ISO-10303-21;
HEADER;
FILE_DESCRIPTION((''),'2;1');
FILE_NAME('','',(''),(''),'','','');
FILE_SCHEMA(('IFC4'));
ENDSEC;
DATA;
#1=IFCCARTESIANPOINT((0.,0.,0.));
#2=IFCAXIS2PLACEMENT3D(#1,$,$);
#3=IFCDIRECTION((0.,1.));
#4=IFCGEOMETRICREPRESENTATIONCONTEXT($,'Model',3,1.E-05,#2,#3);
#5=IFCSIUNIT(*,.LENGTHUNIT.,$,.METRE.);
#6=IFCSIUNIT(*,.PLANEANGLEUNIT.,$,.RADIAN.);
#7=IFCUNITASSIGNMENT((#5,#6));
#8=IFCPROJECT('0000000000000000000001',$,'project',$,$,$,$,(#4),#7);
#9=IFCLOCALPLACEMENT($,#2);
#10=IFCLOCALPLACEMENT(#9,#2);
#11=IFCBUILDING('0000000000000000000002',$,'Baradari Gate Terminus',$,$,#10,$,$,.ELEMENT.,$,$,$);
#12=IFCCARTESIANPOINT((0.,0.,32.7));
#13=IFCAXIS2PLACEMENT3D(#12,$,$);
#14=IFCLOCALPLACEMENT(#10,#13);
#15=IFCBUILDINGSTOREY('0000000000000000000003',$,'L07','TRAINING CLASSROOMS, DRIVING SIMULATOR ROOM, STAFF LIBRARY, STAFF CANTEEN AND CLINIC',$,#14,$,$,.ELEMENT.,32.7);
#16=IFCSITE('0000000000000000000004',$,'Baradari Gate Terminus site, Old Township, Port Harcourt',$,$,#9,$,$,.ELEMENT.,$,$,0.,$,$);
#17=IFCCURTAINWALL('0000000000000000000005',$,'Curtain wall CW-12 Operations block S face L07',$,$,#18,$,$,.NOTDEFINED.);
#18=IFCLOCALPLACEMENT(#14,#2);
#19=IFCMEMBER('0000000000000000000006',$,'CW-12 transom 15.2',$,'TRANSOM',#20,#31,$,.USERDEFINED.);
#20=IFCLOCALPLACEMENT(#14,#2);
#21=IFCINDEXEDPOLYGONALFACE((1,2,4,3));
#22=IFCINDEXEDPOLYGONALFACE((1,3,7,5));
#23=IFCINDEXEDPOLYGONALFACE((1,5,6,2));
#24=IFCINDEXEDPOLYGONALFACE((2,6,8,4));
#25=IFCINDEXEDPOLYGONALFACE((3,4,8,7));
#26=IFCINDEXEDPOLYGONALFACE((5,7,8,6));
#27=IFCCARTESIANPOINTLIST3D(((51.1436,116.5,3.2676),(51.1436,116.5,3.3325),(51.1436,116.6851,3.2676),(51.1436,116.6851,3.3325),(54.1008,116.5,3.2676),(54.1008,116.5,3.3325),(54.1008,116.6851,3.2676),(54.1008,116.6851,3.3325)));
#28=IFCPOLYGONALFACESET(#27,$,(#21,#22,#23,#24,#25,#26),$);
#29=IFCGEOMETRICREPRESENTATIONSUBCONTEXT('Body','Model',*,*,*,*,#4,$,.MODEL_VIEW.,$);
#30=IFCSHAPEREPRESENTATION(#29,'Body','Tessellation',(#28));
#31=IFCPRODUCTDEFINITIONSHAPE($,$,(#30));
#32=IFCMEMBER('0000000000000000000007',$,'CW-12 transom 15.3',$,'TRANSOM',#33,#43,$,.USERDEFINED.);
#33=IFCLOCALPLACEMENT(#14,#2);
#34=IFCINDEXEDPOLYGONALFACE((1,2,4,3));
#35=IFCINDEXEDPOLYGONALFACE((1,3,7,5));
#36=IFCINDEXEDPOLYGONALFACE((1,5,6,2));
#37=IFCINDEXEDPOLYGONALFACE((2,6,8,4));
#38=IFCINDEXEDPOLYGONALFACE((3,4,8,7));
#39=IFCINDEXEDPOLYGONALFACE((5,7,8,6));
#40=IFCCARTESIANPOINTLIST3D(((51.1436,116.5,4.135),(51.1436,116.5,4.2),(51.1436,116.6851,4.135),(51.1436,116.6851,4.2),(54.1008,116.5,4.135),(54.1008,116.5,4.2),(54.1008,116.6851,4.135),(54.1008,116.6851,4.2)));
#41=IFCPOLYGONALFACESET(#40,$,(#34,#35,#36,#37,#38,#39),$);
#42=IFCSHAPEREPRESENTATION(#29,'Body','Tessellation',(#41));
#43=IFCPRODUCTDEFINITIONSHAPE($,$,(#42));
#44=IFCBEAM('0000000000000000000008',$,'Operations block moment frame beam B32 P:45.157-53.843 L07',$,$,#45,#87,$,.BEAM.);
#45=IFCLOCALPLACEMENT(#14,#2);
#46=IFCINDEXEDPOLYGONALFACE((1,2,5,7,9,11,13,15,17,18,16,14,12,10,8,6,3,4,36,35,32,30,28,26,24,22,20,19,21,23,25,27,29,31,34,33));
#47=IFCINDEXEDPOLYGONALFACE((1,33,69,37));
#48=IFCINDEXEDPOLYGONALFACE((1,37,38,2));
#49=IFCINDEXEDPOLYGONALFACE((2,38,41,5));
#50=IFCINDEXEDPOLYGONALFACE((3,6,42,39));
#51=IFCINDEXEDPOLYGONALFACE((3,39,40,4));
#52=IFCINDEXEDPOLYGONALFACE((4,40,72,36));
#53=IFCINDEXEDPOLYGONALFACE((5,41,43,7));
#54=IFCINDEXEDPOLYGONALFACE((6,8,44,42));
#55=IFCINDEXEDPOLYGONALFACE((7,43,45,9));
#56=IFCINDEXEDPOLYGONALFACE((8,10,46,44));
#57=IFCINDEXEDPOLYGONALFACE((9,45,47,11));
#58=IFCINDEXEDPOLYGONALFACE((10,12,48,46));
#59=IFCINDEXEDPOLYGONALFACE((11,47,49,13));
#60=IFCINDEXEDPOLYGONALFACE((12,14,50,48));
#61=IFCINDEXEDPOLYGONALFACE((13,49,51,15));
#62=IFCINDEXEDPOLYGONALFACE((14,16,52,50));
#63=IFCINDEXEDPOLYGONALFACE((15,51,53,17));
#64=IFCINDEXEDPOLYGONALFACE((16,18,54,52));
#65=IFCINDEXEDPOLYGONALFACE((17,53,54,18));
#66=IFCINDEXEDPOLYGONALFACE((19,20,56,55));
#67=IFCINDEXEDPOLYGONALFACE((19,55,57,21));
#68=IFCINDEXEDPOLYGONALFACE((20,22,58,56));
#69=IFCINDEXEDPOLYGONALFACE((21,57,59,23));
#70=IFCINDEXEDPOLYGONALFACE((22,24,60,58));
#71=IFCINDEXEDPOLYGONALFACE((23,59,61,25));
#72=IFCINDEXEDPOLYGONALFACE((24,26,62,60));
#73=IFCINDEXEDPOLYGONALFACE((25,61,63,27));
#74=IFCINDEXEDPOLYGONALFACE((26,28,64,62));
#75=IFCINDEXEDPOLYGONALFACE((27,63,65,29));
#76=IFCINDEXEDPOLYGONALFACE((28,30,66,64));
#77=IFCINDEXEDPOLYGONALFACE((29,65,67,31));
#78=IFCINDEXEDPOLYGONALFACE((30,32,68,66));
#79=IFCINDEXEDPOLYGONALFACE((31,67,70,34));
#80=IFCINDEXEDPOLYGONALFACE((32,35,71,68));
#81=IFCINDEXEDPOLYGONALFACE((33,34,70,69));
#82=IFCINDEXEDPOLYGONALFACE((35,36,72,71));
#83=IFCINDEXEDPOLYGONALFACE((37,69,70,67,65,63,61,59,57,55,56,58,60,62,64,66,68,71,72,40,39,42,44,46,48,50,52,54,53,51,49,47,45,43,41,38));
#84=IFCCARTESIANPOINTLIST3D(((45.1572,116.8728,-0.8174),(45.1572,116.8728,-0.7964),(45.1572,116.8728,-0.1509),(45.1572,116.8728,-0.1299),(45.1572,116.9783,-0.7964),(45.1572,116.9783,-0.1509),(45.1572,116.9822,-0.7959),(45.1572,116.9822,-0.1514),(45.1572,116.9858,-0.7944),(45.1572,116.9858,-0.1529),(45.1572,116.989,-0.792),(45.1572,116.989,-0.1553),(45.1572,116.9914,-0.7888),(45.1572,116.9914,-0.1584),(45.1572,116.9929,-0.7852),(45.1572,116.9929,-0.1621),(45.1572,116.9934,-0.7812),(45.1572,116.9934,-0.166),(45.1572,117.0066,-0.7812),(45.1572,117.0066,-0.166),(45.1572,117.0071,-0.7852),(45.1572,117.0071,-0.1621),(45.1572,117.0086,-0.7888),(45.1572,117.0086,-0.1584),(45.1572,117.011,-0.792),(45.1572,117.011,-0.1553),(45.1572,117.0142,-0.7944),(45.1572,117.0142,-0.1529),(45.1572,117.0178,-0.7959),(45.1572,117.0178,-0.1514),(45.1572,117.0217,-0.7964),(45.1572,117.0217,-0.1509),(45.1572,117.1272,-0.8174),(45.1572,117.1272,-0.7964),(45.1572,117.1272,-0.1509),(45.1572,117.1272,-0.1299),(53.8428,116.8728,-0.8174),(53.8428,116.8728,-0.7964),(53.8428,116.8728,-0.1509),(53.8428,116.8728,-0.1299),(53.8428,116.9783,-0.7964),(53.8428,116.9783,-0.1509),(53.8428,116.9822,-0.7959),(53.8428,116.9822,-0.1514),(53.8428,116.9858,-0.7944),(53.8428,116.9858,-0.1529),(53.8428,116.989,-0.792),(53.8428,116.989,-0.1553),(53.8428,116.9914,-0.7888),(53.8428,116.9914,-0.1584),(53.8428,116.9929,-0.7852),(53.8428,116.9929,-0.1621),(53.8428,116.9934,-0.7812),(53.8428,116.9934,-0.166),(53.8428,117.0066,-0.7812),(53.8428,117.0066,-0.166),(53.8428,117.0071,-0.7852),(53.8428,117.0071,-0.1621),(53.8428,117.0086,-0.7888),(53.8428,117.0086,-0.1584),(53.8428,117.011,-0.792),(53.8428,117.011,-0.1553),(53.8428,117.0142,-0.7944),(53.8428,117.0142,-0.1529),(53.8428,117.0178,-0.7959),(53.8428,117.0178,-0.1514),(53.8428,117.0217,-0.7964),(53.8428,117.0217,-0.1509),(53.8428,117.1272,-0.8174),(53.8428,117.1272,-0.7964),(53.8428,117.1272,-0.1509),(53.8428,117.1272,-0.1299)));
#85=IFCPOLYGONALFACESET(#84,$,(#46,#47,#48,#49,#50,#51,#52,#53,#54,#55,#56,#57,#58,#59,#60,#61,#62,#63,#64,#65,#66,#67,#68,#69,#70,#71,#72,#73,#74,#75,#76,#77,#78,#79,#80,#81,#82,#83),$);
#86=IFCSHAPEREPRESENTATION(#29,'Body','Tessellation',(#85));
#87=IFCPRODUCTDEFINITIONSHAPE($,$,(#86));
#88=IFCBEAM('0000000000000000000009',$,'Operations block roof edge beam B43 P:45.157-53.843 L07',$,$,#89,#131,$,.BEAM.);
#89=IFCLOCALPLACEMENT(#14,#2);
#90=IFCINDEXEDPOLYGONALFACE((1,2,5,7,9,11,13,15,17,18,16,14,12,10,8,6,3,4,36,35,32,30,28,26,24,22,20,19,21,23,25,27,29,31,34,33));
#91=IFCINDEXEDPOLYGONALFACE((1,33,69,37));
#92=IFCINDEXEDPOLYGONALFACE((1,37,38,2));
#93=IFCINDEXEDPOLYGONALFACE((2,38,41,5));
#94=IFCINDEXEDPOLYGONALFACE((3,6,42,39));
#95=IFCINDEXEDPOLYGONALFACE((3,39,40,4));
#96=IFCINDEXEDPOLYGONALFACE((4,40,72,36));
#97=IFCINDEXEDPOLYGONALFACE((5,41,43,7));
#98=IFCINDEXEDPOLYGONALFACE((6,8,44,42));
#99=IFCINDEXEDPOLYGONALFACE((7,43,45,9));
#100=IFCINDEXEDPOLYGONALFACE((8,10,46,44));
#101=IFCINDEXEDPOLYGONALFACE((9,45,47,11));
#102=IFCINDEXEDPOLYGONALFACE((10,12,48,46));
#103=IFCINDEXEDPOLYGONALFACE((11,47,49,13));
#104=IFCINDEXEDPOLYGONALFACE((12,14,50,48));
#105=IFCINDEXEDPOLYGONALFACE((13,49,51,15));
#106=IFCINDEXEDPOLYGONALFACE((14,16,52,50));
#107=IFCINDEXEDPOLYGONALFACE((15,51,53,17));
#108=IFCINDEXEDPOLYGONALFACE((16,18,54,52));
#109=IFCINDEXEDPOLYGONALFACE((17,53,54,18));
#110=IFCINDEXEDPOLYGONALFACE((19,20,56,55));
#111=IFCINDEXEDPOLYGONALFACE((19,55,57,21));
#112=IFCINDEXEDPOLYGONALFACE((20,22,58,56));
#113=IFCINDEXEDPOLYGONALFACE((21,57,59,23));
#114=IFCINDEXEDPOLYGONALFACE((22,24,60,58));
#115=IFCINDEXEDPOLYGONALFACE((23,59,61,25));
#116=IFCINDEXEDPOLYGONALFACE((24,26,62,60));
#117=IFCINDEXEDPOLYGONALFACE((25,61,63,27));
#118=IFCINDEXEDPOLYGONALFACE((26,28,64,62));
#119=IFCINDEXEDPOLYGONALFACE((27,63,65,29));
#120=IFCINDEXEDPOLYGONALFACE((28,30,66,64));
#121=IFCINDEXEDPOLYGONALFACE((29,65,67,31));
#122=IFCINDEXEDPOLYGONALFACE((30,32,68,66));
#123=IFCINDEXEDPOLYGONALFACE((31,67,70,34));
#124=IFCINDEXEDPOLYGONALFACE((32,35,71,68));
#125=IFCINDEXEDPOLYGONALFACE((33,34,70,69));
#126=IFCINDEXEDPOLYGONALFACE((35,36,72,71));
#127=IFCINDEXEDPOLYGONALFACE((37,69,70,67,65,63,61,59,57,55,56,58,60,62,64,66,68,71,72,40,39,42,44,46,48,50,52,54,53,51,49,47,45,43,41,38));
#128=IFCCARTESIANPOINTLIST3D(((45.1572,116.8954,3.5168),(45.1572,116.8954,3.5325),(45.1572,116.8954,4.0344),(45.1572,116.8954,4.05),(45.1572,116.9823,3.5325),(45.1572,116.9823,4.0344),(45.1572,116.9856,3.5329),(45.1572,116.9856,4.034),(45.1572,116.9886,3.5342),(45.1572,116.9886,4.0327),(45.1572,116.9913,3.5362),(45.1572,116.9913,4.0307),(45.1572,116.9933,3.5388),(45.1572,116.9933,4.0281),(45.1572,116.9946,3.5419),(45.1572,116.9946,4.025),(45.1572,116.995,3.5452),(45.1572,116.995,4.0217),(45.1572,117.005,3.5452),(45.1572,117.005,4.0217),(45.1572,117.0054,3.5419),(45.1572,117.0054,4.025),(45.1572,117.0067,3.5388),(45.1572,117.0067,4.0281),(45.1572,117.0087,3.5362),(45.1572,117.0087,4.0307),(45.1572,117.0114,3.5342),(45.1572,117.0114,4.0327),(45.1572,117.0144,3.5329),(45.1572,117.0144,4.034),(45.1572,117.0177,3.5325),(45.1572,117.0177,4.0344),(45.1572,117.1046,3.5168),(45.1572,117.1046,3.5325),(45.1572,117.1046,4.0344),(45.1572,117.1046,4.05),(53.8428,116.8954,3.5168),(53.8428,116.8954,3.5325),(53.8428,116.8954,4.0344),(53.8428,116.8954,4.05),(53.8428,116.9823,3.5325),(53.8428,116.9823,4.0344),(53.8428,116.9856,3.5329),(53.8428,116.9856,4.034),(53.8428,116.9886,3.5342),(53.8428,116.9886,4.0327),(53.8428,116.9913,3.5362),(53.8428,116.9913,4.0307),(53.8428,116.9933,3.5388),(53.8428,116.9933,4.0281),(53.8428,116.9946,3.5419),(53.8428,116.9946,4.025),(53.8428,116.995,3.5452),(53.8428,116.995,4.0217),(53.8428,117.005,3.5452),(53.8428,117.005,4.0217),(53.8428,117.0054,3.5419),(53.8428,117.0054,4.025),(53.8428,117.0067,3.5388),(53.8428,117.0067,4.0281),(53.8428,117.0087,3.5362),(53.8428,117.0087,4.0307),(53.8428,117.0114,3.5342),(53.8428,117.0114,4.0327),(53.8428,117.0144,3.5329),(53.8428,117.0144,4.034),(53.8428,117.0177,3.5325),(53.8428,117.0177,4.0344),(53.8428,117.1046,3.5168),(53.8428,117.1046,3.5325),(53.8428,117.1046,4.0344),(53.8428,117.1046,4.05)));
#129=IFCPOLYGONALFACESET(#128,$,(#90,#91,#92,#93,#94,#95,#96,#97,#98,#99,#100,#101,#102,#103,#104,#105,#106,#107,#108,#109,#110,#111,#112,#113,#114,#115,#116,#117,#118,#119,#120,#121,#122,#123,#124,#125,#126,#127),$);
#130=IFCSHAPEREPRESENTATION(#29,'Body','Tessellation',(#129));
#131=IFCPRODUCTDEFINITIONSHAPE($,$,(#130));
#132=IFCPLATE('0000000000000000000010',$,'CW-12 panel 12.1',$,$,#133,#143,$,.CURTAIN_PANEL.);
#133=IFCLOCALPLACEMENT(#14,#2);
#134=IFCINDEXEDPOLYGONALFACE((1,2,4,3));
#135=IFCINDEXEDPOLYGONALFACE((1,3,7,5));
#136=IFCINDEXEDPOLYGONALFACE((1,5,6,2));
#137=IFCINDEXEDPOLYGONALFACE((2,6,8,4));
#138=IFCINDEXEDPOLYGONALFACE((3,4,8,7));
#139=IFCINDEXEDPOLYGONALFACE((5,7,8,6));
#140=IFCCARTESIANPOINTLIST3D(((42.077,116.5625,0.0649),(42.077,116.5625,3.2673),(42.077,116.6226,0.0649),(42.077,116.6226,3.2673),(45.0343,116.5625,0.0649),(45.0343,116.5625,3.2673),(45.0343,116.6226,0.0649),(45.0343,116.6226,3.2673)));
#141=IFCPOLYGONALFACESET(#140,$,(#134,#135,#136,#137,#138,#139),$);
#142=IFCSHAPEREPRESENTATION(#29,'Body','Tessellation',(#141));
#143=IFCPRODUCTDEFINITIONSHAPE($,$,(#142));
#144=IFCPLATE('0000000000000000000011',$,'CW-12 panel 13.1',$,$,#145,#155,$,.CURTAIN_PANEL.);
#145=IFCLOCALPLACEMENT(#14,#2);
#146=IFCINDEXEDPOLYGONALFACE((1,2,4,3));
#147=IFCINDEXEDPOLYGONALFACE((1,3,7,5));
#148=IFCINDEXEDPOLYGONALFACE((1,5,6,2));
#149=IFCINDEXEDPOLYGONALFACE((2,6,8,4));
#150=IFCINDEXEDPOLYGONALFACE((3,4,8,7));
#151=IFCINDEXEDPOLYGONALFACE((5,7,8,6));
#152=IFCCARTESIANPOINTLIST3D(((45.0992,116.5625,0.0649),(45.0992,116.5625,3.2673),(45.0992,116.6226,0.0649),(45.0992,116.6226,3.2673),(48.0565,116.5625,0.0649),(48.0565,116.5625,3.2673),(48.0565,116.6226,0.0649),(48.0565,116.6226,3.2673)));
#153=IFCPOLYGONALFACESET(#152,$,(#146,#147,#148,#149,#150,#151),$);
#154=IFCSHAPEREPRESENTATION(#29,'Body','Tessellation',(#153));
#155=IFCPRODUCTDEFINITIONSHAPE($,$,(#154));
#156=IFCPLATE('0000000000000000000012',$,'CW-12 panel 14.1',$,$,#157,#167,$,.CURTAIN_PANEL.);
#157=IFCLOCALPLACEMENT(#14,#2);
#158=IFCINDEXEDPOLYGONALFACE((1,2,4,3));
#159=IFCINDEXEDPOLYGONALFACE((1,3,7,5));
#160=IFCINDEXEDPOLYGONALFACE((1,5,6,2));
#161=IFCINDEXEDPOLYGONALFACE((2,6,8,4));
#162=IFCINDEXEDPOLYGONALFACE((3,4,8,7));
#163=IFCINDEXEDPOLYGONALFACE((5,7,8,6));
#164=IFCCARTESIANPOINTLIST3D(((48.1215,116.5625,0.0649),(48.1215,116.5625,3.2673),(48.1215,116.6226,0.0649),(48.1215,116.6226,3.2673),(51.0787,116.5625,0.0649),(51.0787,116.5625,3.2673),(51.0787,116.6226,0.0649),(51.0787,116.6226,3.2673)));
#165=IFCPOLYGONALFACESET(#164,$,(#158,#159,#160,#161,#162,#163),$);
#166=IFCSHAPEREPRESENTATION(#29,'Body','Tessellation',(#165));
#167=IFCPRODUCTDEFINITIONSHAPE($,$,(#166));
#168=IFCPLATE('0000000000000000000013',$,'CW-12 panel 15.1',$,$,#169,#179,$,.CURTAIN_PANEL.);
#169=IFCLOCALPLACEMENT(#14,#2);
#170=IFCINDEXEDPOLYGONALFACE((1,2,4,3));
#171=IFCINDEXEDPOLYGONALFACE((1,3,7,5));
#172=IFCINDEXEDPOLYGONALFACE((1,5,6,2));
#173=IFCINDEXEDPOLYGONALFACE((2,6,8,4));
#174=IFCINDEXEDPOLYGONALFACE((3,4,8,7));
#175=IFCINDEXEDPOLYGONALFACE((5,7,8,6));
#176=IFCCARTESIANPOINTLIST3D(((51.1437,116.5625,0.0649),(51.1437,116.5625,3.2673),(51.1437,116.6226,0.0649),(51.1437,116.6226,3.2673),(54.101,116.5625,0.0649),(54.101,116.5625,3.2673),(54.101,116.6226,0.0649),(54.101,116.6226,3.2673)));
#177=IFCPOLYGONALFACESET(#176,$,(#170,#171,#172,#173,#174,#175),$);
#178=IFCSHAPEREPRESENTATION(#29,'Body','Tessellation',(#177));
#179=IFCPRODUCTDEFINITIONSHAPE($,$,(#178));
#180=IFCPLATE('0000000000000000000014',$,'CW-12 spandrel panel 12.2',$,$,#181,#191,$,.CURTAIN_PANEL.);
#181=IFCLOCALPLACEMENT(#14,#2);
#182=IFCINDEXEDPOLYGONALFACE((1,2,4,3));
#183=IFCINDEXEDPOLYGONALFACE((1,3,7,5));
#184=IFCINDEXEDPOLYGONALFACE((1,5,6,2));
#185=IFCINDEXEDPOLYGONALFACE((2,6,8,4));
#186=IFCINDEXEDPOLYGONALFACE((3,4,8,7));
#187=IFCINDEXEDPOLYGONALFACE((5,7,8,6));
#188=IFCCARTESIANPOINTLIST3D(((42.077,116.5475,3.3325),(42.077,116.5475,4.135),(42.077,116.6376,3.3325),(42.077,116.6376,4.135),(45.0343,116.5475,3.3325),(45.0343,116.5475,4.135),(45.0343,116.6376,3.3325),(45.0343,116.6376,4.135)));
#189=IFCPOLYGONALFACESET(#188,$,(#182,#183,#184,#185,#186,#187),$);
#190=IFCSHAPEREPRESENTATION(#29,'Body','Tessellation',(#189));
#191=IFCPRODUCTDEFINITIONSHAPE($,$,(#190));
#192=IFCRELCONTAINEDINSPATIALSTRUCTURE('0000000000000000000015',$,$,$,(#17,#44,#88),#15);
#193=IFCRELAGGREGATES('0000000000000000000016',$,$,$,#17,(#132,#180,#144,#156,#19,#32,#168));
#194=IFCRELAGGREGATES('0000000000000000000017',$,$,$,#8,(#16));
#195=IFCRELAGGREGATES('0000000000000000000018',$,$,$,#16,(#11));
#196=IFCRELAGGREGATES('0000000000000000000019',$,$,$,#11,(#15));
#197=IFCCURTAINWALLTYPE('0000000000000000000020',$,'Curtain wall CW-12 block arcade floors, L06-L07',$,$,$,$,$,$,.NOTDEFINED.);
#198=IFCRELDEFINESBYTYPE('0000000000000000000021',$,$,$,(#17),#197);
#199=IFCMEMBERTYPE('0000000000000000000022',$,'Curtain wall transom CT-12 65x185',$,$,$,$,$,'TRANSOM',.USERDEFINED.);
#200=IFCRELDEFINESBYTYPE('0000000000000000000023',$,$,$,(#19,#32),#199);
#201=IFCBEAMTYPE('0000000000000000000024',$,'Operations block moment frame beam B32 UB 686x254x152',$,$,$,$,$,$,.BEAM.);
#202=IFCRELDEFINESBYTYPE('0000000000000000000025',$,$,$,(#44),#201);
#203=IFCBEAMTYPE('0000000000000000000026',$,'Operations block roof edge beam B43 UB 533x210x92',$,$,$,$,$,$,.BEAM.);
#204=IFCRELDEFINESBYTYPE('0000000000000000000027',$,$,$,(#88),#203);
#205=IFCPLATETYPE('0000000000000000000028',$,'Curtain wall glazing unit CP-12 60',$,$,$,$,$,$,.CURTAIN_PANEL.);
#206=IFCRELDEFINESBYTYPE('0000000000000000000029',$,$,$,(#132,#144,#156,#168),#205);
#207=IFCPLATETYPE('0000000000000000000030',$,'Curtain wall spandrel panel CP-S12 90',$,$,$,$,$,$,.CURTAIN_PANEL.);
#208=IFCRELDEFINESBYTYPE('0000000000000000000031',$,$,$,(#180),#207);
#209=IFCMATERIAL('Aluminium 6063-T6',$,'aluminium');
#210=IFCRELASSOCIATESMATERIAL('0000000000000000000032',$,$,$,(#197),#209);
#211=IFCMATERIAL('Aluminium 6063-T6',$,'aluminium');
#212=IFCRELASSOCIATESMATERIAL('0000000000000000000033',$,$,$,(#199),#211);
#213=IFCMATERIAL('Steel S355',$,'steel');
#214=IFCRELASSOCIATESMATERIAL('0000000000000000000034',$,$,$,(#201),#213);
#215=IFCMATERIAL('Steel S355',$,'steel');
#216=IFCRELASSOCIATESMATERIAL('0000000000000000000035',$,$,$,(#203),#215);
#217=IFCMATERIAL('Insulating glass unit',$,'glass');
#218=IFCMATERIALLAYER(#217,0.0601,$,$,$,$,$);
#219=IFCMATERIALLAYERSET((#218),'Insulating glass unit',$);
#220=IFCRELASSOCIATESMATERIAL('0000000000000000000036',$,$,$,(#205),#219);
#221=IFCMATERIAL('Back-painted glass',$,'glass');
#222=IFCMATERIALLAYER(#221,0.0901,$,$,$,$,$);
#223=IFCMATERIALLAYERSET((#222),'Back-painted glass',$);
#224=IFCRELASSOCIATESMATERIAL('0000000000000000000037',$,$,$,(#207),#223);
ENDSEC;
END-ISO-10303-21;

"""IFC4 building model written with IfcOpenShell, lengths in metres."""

from ifc_helpers import new_model, si_unit, direction, frame, origin, origin_2d, place, context, subcontext, project, spatial, rectangle, i_section, extrude, material, layer, layer_set, material_profile, profile_set, type_object, element, aggregate, save


model = new_model("IFC4")

# Units and contexts
model_context = context("Model", 3, precision=1e-05, world=origin(), true_north=direction((0.0, 1.0)))
body_context = subcontext(model_context, "Body", "Model", "MODEL_VIEW")
ifc_project = project(units=[si_unit("LENGTHUNIT", "METRE"), si_unit("PLANEANGLEUNIT", "RADIAN")], contexts=[model_context])

# Site, building, storey
site_placement = place(None, origin())
site = spatial("IfcSite", under=ifc_project, at=site_placement, Name="Baradari Gate Terminus site, Old Township, Port Harcourt", CompositionType="ELEMENT", RefElevation=0.0)
building_placement = place(site_placement, origin())
building = spatial("IfcBuilding", under=site, at=building_placement, Name="Baradari Gate Terminus", CompositionType="ELEMENT")
storey_placement = place(building_placement, frame((0.0, 0.0, 32.7)))
storey = spatial("IfcBuildingStorey", under=building, at=storey_placement, Name="L07", Description="TRAINING CLASSROOMS, DRIVING SIMULATOR ROOM, STAFF LIBRARY, STAFF CANTEEN AND CLINIC", CompositionType="ELEMENT", Elevation=32.7)

# Curtain wall, members
ifc_material_1 = material(Name="Aluminium 6063-T6", Category="aluminium")
curtain_wall_type = type_object("IfcCurtainWallType", Name="Curtain wall CW-12 block arcade floors, L06-L07", PredefinedType="NOTDEFINED", material=ifc_material_1)
curtain_wall_placement = place(storey_placement, origin())
curtain_wall = element("IfcCurtainWall", 1, at=curtain_wall_placement, inside=storey, type_object=curtain_wall_type, Name="Curtain wall CW-12 Operations block S face L07", PredefinedType="NOTDEFINED")
ifc_material_2 = material(Name="Aluminium 6063-T6", Category="aluminium")
ifc_material_profile_1 = material_profile(ifc_material_2, rectangle(XDim=0.1851, YDim=0.0649, at=origin_2d()), Name="CT-12 65X185")
ifc_profile_set_1 = profile_set([ifc_material_profile_1], Name="Aluminium 6063-T6")
member_type = type_object("IfcMemberType", Name="Curtain wall transom CT-12 65x185", ElementType="TRANSOM", PredefinedType="USERDEFINED", material=ifc_profile_set_1)
member_1_placement = place(storey_placement, frame((51.1436, 116.5925, 3.3), z_axis=(1.0, 0.0, 0.0), x_axis=(0.0, 1.0, 0.0)))
member_1 = element("IfcMember", 2, at=member_1_placement, type_object=member_type, Name="CW-12 transom 15.2", ObjectType="TRANSOM", PredefinedType="USERDEFINED", context=body_context, shape_type="SweptSolid", body=[
    extrude(rectangle(XDim=0.1851, YDim=0.0649, at=origin_2d()), origin(), (0.0, 0.0, 1.0), 2.9573),
])
member_2_placement = place(storey_placement, frame((51.1436, 116.5925, 4.1675), z_axis=(1.0, 0.0, 0.0), x_axis=(0.0, 1.0, 0.0)))
member_2 = element("IfcMember", 3, at=member_2_placement, type_object=member_type, Name="CW-12 transom 15.3", ObjectType="TRANSOM", PredefinedType="USERDEFINED", context=body_context, shape_type="SweptSolid", body=[
    extrude(rectangle(XDim=0.1851, YDim=0.0649, at=origin_2d()), origin(), (0.0, 0.0, 1.0), 2.9573),
])

# Beams
ifc_material_3 = material(Name="Steel S355", Category="steel")
ifc_material_profile_2 = material_profile(ifc_material_3, i_section(OverallWidth=0.2544, OverallDepth=0.6875, WebThickness=0.0132, FlangeThickness=0.021, FilletRadius=0.0151, at=origin_2d()), Name="UB 686x254x152")
ifc_profile_set_2 = profile_set([ifc_material_profile_2], Name="Steel S355")
beam_type_1 = type_object("IfcBeamType", Name="Operations block moment frame beam B32 UB 686x254x152", PredefinedType="BEAM", material=ifc_profile_set_2)
beam_1_placement = place(storey_placement, frame((45.1572, 117.0, -0.4736), z_axis=(1.0, 0.0, 0.0), x_axis=(0.0, 1.0, 0.0)))
element("IfcBeam", 4, at=beam_1_placement, inside=storey, type_object=beam_type_1, Name="Operations block moment frame beam B32 P:45.157-53.843 L07", PredefinedType="BEAM", context=body_context, shape_type="SweptSolid", body=[
    extrude(i_section(OverallWidth=0.2544, OverallDepth=0.6875, WebThickness=0.0132, FlangeThickness=0.021, FilletRadius=0.0151, at=origin_2d()), origin(), (0.0, 0.0, 1.0), 8.6855),
])
ifc_material_4 = material(Name="Steel S355", Category="steel")
ifc_material_profile_3 = material_profile(ifc_material_4, i_section(OverallWidth=0.2092, OverallDepth=0.5332, WebThickness=0.01, FlangeThickness=0.0156, FilletRadius=0.0127, at=origin_2d()), Name="UB 533x210x92")
ifc_profile_set_3 = profile_set([ifc_material_profile_3], Name="Steel S355")
beam_type_2 = type_object("IfcBeamType", Name="Operations block roof edge beam B43 UB 533x210x92", PredefinedType="BEAM", material=ifc_profile_set_3)
beam_2_placement = place(storey_placement, frame((45.1572, 117.0, 3.7834), z_axis=(1.0, 0.0, 0.0), x_axis=(0.0, 1.0, 0.0)))
element("IfcBeam", 5, at=beam_2_placement, inside=storey, type_object=beam_type_2, Name="Operations block roof edge beam B43 P:45.157-53.843 L07", PredefinedType="BEAM", context=body_context, shape_type="SweptSolid", body=[
    extrude(i_section(OverallWidth=0.2092, OverallDepth=0.5332, WebThickness=0.01, FlangeThickness=0.0156, FilletRadius=0.0127, at=origin_2d()), origin(), (0.0, 0.0, 1.0), 8.6855),
])

# Plates
ifc_material_5 = material(Name="Insulating glass unit", Category="glass")
ifc_layer_1 = layer(ifc_material_5, 0.0601)
ifc_layer_set_1 = layer_set([ifc_layer_1], Name="Insulating glass unit")
plate_type_1 = type_object("IfcPlateType", Name="Curtain wall glazing unit CP-12 60", PredefinedType="CURTAIN_PANEL", material=ifc_layer_set_1)
plate_1_placement = place(storey_placement, frame((43.5557, 116.5925, 0.0649), z_axis=(0.0, 0.0, 1.0), x_axis=(1.0, 0.0, 0.0)))
plate_1 = element("IfcPlate", 6, at=plate_1_placement, type_object=plate_type_1, Name="CW-12 panel 12.1", PredefinedType="CURTAIN_PANEL", context=body_context, shape_type="SweptSolid", body=[
    extrude(rectangle(XDim=2.9573, YDim=0.0601, at=origin_2d()), origin(), (0.0, 0.0, 1.0), 3.2024),
])
plate_2_placement = place(storey_placement, frame((46.5779, 116.5925, 0.0649), z_axis=(0.0, 0.0, 1.0), x_axis=(1.0, 0.0, 0.0)))
plate_2 = element("IfcPlate", 7, at=plate_2_placement, type_object=plate_type_1, Name="CW-12 panel 13.1", PredefinedType="CURTAIN_PANEL", context=body_context, shape_type="SweptSolid", body=[
    extrude(rectangle(XDim=2.9573, YDim=0.0601, at=origin_2d()), origin(), (0.0, 0.0, 1.0), 3.2024),
])
plate_3_placement = place(storey_placement, frame((49.6001, 116.5925, 0.0649), z_axis=(0.0, 0.0, 1.0), x_axis=(1.0, 0.0, 0.0)))
plate_3 = element("IfcPlate", 8, at=plate_3_placement, type_object=plate_type_1, Name="CW-12 panel 14.1", PredefinedType="CURTAIN_PANEL", context=body_context, shape_type="SweptSolid", body=[
    extrude(rectangle(XDim=2.9573, YDim=0.0601, at=origin_2d()), origin(), (0.0, 0.0, 1.0), 3.2024),
])
plate_4_placement = place(storey_placement, frame((52.6223, 116.5925, 0.0649), z_axis=(0.0, 0.0, 1.0), x_axis=(1.0, 0.0, 0.0)))
plate_4 = element("IfcPlate", 9, at=plate_4_placement, type_object=plate_type_1, Name="CW-12 panel 15.1", PredefinedType="CURTAIN_PANEL", context=body_context, shape_type="SweptSolid", body=[
    extrude(rectangle(XDim=2.9573, YDim=0.0601, at=origin_2d()), origin(), (0.0, 0.0, 1.0), 3.2024),
])
ifc_material_6 = material(Name="Back-painted glass", Category="glass")
ifc_layer_2 = layer(ifc_material_6, 0.0901)
ifc_layer_set_2 = layer_set([ifc_layer_2], Name="Back-painted glass")
plate_type_2 = type_object("IfcPlateType", Name="Curtain wall spandrel panel CP-S12 90", PredefinedType="CURTAIN_PANEL", material=ifc_layer_set_2)
plate_5_placement = place(storey_placement, frame((43.5557, 116.5925, 3.3325), z_axis=(0.0, 0.0, 1.0), x_axis=(1.0, 0.0, 0.0)))
plate_5 = element("IfcPlate", 10, at=plate_5_placement, type_object=plate_type_2, Name="CW-12 spandrel panel 12.2", PredefinedType="CURTAIN_PANEL", context=body_context, shape_type="SweptSolid", body=[
    extrude(rectangle(XDim=2.9573, YDim=0.0901, at=origin_2d()), origin(), (0.0, 0.0, 1.0), 0.8025),
])
aggregate(curtain_wall, [plate_1, plate_5, plate_2, plate_3, member_1, member_2, plate_4])

save(model, "model.ifc")
